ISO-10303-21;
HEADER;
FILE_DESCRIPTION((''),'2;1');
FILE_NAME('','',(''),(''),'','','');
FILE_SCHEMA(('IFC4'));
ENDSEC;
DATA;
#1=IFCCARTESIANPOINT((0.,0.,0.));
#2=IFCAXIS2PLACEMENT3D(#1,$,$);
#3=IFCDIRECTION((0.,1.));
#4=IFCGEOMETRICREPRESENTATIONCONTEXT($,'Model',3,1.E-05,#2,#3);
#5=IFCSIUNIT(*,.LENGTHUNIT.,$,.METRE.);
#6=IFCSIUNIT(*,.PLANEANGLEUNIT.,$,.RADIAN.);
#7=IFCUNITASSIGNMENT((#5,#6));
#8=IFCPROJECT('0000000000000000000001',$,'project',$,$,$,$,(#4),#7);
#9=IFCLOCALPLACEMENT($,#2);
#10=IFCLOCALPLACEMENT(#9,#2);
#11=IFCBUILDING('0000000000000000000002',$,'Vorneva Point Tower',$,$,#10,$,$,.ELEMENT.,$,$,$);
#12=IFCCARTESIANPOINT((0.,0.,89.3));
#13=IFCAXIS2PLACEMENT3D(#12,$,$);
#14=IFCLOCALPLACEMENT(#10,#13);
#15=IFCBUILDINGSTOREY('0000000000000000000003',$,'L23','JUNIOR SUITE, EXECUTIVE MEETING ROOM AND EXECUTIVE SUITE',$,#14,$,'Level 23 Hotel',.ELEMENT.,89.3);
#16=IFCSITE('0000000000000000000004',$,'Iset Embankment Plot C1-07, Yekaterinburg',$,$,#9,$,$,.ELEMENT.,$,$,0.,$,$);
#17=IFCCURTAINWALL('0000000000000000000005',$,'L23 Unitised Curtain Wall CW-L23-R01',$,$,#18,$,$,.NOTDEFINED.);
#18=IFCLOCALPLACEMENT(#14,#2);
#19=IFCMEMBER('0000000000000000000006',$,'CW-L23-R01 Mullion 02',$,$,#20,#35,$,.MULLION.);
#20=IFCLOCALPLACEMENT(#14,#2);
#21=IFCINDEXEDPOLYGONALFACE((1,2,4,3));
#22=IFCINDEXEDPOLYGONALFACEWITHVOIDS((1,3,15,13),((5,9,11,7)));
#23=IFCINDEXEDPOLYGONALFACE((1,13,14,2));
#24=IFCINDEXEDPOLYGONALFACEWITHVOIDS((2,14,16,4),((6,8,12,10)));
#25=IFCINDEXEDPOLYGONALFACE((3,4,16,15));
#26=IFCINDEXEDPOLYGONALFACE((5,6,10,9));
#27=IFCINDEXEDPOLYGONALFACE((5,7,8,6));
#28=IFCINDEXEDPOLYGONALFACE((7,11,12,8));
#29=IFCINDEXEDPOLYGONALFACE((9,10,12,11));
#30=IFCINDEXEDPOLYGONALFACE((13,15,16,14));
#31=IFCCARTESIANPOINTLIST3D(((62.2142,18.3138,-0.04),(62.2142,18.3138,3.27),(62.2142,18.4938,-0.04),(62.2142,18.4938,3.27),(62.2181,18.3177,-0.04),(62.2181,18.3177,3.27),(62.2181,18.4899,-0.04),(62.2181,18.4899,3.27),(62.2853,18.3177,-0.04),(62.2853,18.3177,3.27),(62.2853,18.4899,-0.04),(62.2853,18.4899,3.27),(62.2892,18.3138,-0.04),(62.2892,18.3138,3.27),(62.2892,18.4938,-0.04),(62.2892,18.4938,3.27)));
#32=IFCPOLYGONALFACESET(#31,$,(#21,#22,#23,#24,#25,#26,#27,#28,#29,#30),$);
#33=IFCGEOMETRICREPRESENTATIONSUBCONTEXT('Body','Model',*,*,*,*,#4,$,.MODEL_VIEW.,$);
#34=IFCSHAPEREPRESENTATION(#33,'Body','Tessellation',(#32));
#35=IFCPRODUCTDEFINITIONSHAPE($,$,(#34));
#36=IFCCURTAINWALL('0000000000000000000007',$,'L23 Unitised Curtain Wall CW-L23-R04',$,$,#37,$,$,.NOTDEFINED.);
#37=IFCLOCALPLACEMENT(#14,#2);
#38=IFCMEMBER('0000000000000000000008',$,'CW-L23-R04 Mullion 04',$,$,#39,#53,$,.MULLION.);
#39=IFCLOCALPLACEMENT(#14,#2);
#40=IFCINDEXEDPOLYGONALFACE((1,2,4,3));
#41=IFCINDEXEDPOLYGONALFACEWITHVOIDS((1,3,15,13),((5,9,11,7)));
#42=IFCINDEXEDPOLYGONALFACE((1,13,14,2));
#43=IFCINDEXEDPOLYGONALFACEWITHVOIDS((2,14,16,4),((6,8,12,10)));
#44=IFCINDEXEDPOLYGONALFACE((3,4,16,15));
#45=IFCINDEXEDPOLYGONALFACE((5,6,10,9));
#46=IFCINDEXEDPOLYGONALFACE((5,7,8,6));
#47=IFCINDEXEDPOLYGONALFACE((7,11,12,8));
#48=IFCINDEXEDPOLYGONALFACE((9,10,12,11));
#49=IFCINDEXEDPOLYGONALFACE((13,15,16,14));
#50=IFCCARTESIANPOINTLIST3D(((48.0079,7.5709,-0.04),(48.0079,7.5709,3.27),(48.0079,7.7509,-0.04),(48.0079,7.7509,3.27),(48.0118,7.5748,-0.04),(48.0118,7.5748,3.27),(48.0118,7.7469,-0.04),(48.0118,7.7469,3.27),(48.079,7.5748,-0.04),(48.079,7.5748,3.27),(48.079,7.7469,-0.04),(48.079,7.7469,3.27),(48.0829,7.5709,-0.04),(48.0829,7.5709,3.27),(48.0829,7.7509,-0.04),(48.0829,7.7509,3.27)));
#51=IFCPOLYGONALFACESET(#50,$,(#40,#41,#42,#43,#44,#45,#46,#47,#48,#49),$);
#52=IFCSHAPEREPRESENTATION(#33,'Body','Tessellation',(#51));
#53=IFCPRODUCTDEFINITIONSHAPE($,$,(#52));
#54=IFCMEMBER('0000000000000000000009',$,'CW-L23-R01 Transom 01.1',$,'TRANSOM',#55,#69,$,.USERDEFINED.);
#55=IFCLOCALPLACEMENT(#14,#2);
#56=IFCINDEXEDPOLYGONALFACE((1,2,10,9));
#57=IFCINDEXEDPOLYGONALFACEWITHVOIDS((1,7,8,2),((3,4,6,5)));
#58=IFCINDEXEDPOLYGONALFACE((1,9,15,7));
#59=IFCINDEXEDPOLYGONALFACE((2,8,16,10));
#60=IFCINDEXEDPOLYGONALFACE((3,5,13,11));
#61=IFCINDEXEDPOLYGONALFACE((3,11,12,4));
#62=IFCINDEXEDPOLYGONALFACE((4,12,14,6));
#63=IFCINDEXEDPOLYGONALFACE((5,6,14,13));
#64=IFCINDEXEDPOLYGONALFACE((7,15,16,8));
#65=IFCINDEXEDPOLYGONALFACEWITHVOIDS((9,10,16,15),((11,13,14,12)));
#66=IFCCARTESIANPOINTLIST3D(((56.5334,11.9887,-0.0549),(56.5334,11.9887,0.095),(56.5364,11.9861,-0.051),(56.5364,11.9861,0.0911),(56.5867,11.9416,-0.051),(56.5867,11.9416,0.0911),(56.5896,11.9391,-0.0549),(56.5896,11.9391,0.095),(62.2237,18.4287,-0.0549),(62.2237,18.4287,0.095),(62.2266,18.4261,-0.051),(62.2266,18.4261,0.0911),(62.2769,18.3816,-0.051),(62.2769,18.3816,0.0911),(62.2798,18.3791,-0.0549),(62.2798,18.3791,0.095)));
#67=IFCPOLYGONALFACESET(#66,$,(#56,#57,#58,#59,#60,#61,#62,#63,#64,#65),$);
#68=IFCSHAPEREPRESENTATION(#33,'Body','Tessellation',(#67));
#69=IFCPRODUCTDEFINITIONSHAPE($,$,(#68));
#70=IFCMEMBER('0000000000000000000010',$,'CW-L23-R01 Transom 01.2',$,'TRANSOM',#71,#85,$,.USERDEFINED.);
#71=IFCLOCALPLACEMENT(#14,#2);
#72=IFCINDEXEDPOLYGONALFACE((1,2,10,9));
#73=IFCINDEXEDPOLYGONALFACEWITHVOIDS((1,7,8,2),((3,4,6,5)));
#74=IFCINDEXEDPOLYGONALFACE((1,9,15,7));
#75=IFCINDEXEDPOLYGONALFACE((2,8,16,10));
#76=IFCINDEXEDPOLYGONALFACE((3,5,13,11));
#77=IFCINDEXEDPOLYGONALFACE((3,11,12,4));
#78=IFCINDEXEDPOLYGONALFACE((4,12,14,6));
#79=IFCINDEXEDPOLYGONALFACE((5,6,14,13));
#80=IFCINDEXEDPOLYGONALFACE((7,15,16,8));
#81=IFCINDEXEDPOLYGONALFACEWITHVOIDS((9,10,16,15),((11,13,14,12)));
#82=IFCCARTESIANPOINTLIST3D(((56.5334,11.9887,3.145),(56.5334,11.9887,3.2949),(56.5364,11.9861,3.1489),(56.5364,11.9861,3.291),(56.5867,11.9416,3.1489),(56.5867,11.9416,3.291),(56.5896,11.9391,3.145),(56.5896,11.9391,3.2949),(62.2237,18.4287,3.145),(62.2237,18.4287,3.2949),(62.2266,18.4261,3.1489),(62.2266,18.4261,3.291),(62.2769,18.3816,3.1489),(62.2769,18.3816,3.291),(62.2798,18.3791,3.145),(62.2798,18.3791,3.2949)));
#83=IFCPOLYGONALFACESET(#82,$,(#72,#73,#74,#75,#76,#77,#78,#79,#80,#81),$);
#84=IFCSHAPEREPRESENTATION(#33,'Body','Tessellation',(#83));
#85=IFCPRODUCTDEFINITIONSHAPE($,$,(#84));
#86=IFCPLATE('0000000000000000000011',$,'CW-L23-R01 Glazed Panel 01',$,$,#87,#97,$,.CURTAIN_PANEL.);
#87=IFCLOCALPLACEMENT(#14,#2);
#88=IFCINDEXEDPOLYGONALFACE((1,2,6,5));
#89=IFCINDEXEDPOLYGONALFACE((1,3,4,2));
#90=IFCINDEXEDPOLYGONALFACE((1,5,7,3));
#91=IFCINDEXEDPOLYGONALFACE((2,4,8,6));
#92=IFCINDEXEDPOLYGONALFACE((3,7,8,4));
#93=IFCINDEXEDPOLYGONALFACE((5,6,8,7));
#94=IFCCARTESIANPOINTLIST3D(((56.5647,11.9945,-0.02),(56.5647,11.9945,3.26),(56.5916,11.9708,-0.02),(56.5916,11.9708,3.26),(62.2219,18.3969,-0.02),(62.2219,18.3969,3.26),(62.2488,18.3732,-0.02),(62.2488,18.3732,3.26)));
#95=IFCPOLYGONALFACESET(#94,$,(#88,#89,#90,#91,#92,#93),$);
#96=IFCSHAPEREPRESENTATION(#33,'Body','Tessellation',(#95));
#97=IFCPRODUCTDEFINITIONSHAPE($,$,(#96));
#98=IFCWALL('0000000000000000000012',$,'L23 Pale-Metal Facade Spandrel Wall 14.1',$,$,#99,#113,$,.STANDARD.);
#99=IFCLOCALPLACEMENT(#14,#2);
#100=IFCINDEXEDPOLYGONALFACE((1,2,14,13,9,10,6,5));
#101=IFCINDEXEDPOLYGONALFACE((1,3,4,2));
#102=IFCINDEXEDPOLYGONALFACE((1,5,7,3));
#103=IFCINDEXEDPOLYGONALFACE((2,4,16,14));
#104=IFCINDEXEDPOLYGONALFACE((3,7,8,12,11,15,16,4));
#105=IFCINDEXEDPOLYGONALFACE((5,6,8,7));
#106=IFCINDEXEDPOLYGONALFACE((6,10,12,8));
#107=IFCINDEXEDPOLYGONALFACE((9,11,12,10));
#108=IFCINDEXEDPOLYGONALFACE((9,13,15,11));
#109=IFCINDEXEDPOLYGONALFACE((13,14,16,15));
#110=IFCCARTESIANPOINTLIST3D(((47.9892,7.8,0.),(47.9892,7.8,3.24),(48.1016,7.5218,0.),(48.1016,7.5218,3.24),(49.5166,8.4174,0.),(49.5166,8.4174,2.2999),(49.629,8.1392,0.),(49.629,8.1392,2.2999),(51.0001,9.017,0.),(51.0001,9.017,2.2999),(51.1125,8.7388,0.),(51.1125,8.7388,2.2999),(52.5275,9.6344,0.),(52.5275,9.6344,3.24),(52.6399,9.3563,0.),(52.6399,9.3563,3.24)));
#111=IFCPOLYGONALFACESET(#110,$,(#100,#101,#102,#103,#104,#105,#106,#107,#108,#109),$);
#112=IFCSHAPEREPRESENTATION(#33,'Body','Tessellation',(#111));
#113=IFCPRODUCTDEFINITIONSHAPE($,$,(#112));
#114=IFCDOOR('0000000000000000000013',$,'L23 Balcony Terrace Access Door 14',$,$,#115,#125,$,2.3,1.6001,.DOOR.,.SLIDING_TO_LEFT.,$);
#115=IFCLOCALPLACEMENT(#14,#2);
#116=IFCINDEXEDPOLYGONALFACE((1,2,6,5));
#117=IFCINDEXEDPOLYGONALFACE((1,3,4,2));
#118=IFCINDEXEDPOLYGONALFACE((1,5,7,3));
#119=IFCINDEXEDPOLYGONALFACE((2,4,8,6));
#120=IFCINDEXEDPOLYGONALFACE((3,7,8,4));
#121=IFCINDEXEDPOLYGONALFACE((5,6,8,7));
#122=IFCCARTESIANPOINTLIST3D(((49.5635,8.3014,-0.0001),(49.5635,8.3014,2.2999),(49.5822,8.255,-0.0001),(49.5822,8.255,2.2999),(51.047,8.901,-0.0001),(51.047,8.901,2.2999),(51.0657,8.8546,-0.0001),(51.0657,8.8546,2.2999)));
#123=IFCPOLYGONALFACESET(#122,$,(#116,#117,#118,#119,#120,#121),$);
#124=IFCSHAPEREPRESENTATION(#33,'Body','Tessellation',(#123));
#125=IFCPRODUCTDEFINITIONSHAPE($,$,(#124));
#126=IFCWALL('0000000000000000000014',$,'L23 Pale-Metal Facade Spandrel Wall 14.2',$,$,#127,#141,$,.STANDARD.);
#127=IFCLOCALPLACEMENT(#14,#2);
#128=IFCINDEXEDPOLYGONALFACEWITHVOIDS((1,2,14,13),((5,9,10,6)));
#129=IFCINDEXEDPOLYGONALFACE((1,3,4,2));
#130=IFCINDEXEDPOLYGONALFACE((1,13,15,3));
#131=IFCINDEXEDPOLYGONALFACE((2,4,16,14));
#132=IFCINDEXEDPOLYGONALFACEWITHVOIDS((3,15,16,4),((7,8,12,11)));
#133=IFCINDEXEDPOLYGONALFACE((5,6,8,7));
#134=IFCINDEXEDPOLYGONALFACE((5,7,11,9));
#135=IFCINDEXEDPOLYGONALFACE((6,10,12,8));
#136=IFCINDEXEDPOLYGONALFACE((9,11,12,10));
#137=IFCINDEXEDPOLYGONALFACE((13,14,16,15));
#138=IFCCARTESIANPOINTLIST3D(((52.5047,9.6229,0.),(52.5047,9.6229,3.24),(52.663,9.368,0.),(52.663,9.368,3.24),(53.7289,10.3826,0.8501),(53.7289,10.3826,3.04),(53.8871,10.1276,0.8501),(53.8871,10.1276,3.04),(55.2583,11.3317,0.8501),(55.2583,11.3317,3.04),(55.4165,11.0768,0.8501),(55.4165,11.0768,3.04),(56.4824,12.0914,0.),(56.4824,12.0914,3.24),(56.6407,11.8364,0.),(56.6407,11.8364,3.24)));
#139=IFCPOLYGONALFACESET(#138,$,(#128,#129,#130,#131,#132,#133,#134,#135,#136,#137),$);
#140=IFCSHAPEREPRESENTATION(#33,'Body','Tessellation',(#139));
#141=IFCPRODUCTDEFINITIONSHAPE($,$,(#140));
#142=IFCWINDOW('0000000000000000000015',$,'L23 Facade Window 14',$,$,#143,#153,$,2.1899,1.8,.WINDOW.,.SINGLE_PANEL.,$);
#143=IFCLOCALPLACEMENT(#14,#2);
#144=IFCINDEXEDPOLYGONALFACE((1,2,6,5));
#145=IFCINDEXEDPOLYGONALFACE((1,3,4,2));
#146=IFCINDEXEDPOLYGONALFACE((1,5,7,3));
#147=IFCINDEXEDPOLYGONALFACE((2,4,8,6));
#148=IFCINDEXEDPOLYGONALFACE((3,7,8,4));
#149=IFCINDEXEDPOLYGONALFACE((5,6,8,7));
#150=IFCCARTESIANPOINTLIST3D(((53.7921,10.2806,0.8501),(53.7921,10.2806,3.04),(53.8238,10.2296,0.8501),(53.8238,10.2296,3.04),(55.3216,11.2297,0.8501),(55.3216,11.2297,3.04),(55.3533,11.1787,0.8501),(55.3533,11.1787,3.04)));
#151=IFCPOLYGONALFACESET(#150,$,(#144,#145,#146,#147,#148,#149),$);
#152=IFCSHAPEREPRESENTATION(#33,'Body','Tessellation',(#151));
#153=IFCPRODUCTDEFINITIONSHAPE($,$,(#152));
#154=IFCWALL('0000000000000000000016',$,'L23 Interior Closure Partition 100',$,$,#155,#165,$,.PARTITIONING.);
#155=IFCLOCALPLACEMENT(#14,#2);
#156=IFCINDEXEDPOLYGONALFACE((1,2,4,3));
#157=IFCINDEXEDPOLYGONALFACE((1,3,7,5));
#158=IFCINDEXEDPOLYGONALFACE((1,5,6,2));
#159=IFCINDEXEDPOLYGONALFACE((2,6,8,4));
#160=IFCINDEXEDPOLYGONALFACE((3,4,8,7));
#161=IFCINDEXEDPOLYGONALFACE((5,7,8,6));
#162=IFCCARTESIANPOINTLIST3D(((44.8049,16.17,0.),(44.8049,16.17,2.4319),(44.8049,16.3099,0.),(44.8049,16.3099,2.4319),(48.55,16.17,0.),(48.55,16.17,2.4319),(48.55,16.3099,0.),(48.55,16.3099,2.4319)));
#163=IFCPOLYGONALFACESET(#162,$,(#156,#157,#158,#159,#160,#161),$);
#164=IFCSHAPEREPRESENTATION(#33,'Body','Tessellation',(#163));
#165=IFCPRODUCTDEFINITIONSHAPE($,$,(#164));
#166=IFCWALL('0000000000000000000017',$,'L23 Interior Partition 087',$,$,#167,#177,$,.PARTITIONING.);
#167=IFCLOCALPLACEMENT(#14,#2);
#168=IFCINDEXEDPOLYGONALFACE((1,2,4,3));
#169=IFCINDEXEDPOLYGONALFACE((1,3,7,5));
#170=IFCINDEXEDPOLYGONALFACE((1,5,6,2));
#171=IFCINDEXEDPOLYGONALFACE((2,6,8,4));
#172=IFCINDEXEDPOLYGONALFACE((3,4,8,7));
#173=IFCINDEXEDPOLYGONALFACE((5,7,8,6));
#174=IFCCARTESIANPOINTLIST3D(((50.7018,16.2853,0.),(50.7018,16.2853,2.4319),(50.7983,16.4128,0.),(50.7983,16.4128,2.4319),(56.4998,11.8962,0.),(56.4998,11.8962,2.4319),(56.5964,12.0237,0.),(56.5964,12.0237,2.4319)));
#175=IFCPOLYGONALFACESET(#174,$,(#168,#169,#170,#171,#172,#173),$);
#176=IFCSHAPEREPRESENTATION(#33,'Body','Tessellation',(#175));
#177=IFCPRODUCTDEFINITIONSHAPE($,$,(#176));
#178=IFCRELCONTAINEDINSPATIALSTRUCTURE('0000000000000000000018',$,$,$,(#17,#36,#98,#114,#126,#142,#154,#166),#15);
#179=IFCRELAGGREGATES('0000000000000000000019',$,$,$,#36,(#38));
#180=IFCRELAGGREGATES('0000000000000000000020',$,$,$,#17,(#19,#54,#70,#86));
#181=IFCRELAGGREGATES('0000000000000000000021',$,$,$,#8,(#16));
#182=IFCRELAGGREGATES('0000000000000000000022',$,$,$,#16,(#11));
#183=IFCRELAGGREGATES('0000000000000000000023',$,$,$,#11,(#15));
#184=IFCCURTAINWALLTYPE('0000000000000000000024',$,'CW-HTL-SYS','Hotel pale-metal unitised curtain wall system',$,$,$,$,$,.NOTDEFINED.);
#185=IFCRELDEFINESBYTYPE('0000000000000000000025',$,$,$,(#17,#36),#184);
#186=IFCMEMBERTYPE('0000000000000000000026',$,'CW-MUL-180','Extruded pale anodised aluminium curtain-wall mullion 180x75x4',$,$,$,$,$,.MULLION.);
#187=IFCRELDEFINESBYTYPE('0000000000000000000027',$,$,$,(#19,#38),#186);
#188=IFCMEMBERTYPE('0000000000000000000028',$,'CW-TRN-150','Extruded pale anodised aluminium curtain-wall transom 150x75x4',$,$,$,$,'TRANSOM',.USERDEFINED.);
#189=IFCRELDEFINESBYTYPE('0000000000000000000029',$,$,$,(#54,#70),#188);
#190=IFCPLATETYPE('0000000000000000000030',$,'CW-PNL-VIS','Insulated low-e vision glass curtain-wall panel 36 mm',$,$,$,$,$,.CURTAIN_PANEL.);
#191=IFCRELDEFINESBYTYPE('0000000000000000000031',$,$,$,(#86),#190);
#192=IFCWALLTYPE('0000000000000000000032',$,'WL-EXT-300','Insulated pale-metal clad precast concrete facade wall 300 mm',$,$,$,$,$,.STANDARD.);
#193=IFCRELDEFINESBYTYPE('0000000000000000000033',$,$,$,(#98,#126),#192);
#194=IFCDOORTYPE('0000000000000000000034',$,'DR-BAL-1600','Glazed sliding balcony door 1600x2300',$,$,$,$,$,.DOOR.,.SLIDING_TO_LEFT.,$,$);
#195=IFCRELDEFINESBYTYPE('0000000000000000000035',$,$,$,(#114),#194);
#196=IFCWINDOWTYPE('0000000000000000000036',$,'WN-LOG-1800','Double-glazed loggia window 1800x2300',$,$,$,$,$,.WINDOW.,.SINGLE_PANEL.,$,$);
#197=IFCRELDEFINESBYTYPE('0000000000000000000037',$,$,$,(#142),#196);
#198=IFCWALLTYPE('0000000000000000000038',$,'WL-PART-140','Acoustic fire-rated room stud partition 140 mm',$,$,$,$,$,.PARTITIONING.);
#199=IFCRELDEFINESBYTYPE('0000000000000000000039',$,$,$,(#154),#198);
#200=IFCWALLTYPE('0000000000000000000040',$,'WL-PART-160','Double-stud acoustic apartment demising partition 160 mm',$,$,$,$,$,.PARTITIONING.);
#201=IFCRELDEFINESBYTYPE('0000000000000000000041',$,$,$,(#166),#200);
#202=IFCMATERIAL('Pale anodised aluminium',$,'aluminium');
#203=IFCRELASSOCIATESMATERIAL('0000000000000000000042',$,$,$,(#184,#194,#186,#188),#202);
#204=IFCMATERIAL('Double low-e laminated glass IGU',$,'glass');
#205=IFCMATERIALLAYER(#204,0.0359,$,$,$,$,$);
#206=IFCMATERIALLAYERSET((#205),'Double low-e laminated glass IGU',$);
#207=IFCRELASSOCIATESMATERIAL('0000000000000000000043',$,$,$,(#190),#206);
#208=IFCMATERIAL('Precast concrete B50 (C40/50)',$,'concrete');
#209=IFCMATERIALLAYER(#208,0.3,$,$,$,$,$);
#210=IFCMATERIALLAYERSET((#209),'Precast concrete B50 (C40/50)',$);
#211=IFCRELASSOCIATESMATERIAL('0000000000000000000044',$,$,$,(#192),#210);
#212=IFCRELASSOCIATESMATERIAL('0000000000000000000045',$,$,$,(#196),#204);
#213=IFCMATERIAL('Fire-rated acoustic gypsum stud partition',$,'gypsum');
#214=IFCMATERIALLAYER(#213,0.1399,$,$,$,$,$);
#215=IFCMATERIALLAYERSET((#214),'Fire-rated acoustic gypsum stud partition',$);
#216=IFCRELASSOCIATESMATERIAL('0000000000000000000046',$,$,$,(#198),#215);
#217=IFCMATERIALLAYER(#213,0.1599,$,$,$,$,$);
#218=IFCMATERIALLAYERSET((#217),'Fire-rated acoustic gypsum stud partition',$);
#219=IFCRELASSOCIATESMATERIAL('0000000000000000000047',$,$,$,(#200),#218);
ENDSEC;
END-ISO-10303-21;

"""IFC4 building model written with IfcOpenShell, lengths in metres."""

from ifc_helpers import new_model, si_unit, direction, frame, frame_2d, origin, origin_2d, place, context, subcontext, project, spatial, rectangle, hollow_rectangle, extrude, material, layer, layer_set, material_profile, profile_set, type_object, element, fill, aggregate, save


model = new_model("IFC4")

# Units and contexts
model_context = context("Model", 3, precision=1e-05, world=origin(), true_north=direction((0.0, 1.0)))
body_context = subcontext(model_context, "Body", "Model", "MODEL_VIEW")
ifc_project = project(units=[si_unit("LENGTHUNIT", "METRE"), si_unit("PLANEANGLEUNIT", "RADIAN")], contexts=[model_context])

# Site, building, storey
site_placement = place(None, origin())
site = spatial("IfcSite", under=ifc_project, at=site_placement, Name="Iset Embankment Plot C1-07, Yekaterinburg", CompositionType="ELEMENT", RefElevation=0.0)
building_placement = place(site_placement, origin())
building = spatial("IfcBuilding", under=site, at=building_placement, Name="Vorneva Point Tower", CompositionType="ELEMENT")
storey_placement = place(building_placement, frame((0.0, 0.0, 89.3)))
storey = spatial("IfcBuildingStorey", under=building, at=storey_placement, Name="L23", Description="JUNIOR SUITE, EXECUTIVE MEETING ROOM AND EXECUTIVE SUITE", LongName="Level 23 Hotel", CompositionType="ELEMENT", Elevation=89.3)

# Curtain wall, member
ifc_material_1 = material(Name="Pale anodised aluminium", Category="aluminium")
curtain_wall_type = type_object("IfcCurtainWallType", Name="CW-HTL-SYS", Description="Hotel pale-metal unitised curtain wall system", PredefinedType="NOTDEFINED", material=ifc_material_1)
curtain_wall_1_placement = place(storey_placement, origin())
curtain_wall_1 = element("IfcCurtainWall", 1, at=curtain_wall_1_placement, inside=storey, type_object=curtain_wall_type, Name="L23 Unitised Curtain Wall CW-L23-R01", PredefinedType="NOTDEFINED")
ifc_material_profile_1 = material_profile(ifc_material_1, hollow_rectangle(XDim=0.075, YDim=0.1799, WallThickness=0.0039, at=origin_2d()), Name="AL-MUL 180x75x4")
ifc_profile_set_1 = profile_set([ifc_material_profile_1], Name="Pale anodised aluminium")
member_type_1 = type_object("IfcMemberType", Name="CW-MUL-180", Description="Extruded pale anodised aluminium curtain-wall mullion 180x75x4", PredefinedType="MULLION", material=ifc_profile_set_1)
member_1_placement = place(storey_placement, frame((62.2517, 18.4038, -0.04), z_axis=(0.0, 0.0, 1.0), x_axis=(1.0, 0.0, 0.0)))
member_1 = element("IfcMember", 2, at=member_1_placement, type_object=member_type_1, Name="CW-L23-R01 Mullion 02", PredefinedType="MULLION", context=body_context, shape_type="SweptSolid", body=[
    extrude(hollow_rectangle(XDim=0.075, YDim=0.1799, WallThickness=0.0039, at=origin_2d()), origin(), (0.0, 0.0, 1.0), 3.3101),
])

# Curtain wall, member
curtain_wall_2_placement = place(storey_placement, origin())
curtain_wall_2 = element("IfcCurtainWall", 3, at=curtain_wall_2_placement, inside=storey, type_object=curtain_wall_type, Name="L23 Unitised Curtain Wall CW-L23-R04", PredefinedType="NOTDEFINED")
member_2_placement = place(storey_placement, frame((48.0454, 7.6609, -0.04), z_axis=(0.0, 0.0, 1.0), x_axis=(1.0, 0.0, 0.0)))
member_2 = element("IfcMember", 4, at=member_2_placement, type_object=member_type_1, Name="CW-L23-R04 Mullion 04", PredefinedType="MULLION", context=body_context, shape_type="SweptSolid", body=[
    extrude(hollow_rectangle(XDim=0.075, YDim=0.1799, WallThickness=0.0039, at=origin_2d()), origin(), (0.0, 0.0, 1.0), 3.3101),
])
aggregate(curtain_wall_2, [member_2])

# Members
ifc_material_profile_2 = material_profile(ifc_material_1, hollow_rectangle(XDim=0.075, YDim=0.1499, WallThickness=0.0039, at=origin_2d()), Name="AL-TRN 150x75x4")
ifc_profile_set_2 = profile_set([ifc_material_profile_2], Name="Pale anodised aluminium")
member_type_2 = type_object("IfcMemberType", Name="CW-TRN-150", Description="Extruded pale anodised aluminium curtain-wall transom 150x75x4", ElementType="TRANSOM", PredefinedType="USERDEFINED", material=ifc_profile_set_2)
member_3_placement = place(storey_placement, frame((56.5615, 11.9639, 0.02), z_axis=(0.662137, 0.749383, 0.0), x_axis=(-0.749383, 0.662137, 0.0)))
member_3 = element("IfcMember", 5, at=member_3_placement, type_object=member_type_2, Name="CW-L23-R01 Transom 01.1", ObjectType="TRANSOM", PredefinedType="USERDEFINED", context=body_context, shape_type="SweptSolid", body=[
    extrude(hollow_rectangle(XDim=0.075, YDim=0.1499, WallThickness=0.0039, at=origin_2d()), origin(), (0.0, 0.0, 1.0), 8.5938),
])
member_4_placement = place(storey_placement, frame((56.5615, 11.9639, 3.22), z_axis=(0.662137, 0.749383, 0.0), x_axis=(-0.749383, 0.662137, 0.0)))
member_4 = element("IfcMember", 6, at=member_4_placement, type_object=member_type_2, Name="CW-L23-R01 Transom 01.2", ObjectType="TRANSOM", PredefinedType="USERDEFINED", context=body_context, shape_type="SweptSolid", body=[
    extrude(hollow_rectangle(XDim=0.075, YDim=0.1499, WallThickness=0.0039, at=origin_2d()), origin(), (0.0, 0.0, 1.0), 8.5938),
])

# Plate
ifc_material_2 = material(Name="Double low-e laminated glass IGU", Category="glass")
ifc_layer_1 = layer(ifc_material_2, 0.0359)
ifc_layer_set_1 = layer_set([ifc_layer_1], Name="Double low-e laminated glass IGU")
plate_type = type_object("IfcPlateType", Name="CW-PNL-VIS", Description="Insulated low-e vision glass curtain-wall panel 36 mm", PredefinedType="CURTAIN_PANEL", material=ifc_layer_set_1)
plate_placement = place(storey_placement, frame((59.4067, 15.1838, -0.02), z_axis=(0.0, 0.0, 1.0), x_axis=(0.662149, 0.749372, 0.0)))
plate = element("IfcPlate", 7, at=plate_placement, type_object=plate_type, Name="CW-L23-R01 Glazed Panel 01", PredefinedType="CURTAIN_PANEL", context=body_context, shape_type="SweptSolid", body=[
    extrude(rectangle(XDim=8.5437, YDim=0.0359, at=origin_2d()), origin(), (0.0, 0.0, 1.0), 3.28),
])
aggregate(curtain_wall_1, [member_1, member_3, member_4, plate])

# Wall, opening, door
ifc_material_3 = material(Name="Precast concrete B50 (C40/50)", Category="concrete")
ifc_layer_2 = layer(ifc_material_3, 0.3)
ifc_layer_set_2 = layer_set([ifc_layer_2], Name="Precast concrete B50 (C40/50)")
wall_type_1 = type_object("IfcWallType", Name="WL-EXT-300", Description="Insulated pale-metal clad precast concrete facade wall 300 mm", PredefinedType="STANDARD", material=ifc_layer_set_2)
wall_1_placement = place(storey_placement, frame((48.0454, 7.6609, 0.0), z_axis=(0.0, 0.0, 1.0), x_axis=(0.927122, 0.374759, 0.0)))
wall_1 = element("IfcWall", 8, at=wall_1_placement, inside=storey, type_object=wall_type_1, Name="L23 Pale-Metal Facade Spandrel Wall 14.1", PredefinedType="STANDARD", context=body_context, shape_type="SweptSolid", body=[
    extrude(rectangle(XDim=4.895, YDim=0.3, at=frame_2d((2.4475, 0.0))), origin(), (0.0, 0.0, 1.0), 3.24),
])
opening_1_placement = place(wall_1_placement, frame((1.6475, 0.0, 0.0)))
opening_1 = element("IfcOpeningElement", 9, at=opening_1_placement, cuts=wall_1, PredefinedType="OPENING", context=body_context, shape_type="SweptSolid", body=[
    extrude(rectangle(XDim=1.6001, YDim=2.3, at=frame_2d((0.8, 1.1499))), frame((0.0, 0.165, 0.0), z_axis=(0.0, -1.0, 0.0), x_axis=(1.0, 0.0, 0.0)), (0.0, 0.0, 1.0), 0.3298),
])
door_type_1 = type_object("IfcDoorType", Name="DR-BAL-1600", Description="Glazed sliding balcony door 1600x2300", OperationType="SLIDING_TO_LEFT", PredefinedType="DOOR", material=ifc_material_1)
door_1_placement = place(opening_1_placement, origin())
door_1 = element("IfcDoor", 10, at=door_1_placement, inside=storey, type_object=door_type_1, Name="L23 Balcony Terrace Access Door 14", OperationType="SLIDING_TO_LEFT", OverallHeight=2.3, OverallWidth=1.6001, PredefinedType="DOOR", context=body_context, shape_type="SweptSolid", body=[
    extrude(rectangle(XDim=1.6001, YDim=2.3, at=frame_2d((0.8, 1.1499))), frame((0.0, 0.0249, 0.0), z_axis=(0.0, -1.0, 0.0), x_axis=(1.0, 0.0, 0.0)), (0.0, 0.0, 1.0), 0.05),
])
fill(opening_1, door_1)

# Wall, opening, window
wall_2_placement = place(storey_placement, frame((52.5837, 9.4954, 0.0), z_axis=(0.0, 0.0, 1.0), x_axis=(0.849684, 0.527291, 0.0)))
wall_2 = element("IfcWall", 11, at=wall_2_placement, inside=storey, type_object=wall_type_1, Name="L23 Pale-Metal Facade Spandrel Wall 14.2", PredefinedType="STANDARD", context=body_context, shape_type="SweptSolid", body=[
    extrude(rectangle(XDim=4.6814, YDim=0.3, at=frame_2d((2.3408, 0.0))), origin(), (0.0, 0.0, 1.0), 3.24),
])
opening_2_placement = place(wall_2_placement, frame((1.4409, 0.0, 0.8501)))
opening_2 = element("IfcOpeningElement", 12, at=opening_2_placement, cuts=wall_2, PredefinedType="OPENING", context=body_context, shape_type="SweptSolid", body=[
    extrude(rectangle(XDim=1.8, YDim=2.1899, at=frame_2d((0.8999, 1.095))), frame((0.0, 0.165, 0.0), z_axis=(0.0, -1.0, 0.0), x_axis=(1.0, 0.0, 0.0)), (0.0, 0.0, 1.0), 0.3298),
])
window_type = type_object("IfcWindowType", Name="WN-LOG-1800", Description="Double-glazed loggia window 1800x2300", PartitioningType="SINGLE_PANEL", PredefinedType="WINDOW", material=ifc_material_2)
window_placement = place(opening_2_placement, origin())
window = element("IfcWindow", 13, at=window_placement, inside=storey, type_object=window_type, Name="L23 Facade Window 14", OverallHeight=2.1899, OverallWidth=1.8, PartitioningType="SINGLE_PANEL", PredefinedType="WINDOW", context=body_context, shape_type="SweptSolid", body=[
    extrude(rectangle(XDim=1.8, YDim=2.1899, at=frame_2d((0.8999, 1.095))), frame((0.0, 0.03, 0.0), z_axis=(0.0, -1.0, 0.0), x_axis=(1.0, 0.0, 0.0)), (0.0, 0.0, 1.0), 0.0601),
])
fill(opening_2, window)

# Walls
ifc_material_4 = material(Name="Fire-rated acoustic gypsum stud partition", Category="gypsum")
ifc_layer_3 = layer(ifc_material_4, 0.1399)
ifc_layer_set_3 = layer_set([ifc_layer_3], Name="Fire-rated acoustic gypsum stud partition")
wall_type_2 = type_object("IfcWallType", Name="WL-PART-140", Description="Acoustic fire-rated room stud partition 140 mm", PredefinedType="PARTITIONING", material=ifc_layer_set_3)
wall_3_placement = place(storey_placement, frame((48.55, 16.24, 0.0), z_axis=(0.0, 0.0, 1.0), x_axis=(-1.0, 0.0, 0.0)))
element("IfcWall", 14, at=wall_3_placement, inside=storey, type_object=wall_type_2, Name="L23 Interior Closure Partition 100", PredefinedType="PARTITIONING", context=body_context, shape_type="SweptSolid", body=[
    extrude(rectangle(XDim=3.7451, YDim=0.1399, at=frame_2d((1.8726, 0.0))), origin(), (0.0, 0.0, 1.0), 2.4319),
])
ifc_layer_4 = layer(ifc_material_4, 0.1599)
ifc_layer_set_4 = layer_set([ifc_layer_4], Name="Fire-rated acoustic gypsum stud partition")
wall_type_3 = type_object("IfcWallType", Name="WL-PART-160", Description="Double-stud acoustic apartment demising partition 160 mm", PredefinedType="PARTITIONING", material=ifc_layer_set_4)
wall_4_placement = place(storey_placement, frame((56.5481, 11.96, 0.0), z_axis=(0.0, 0.0, 1.0), x_axis=(-0.797313, 0.603566, 0.0)))
element("IfcWall", 15, at=wall_4_placement, inside=storey, type_object=wall_type_3, Name="L23 Interior Partition 087", PredefinedType="PARTITIONING", context=body_context, shape_type="SweptSolid", body=[
    extrude(rectangle(XDim=7.272, YDim=0.1599, at=frame_2d((3.636, 0.0))), origin(), (0.0, 0.0, 1.0), 2.4319),
])

save(model, "model.ifc")
